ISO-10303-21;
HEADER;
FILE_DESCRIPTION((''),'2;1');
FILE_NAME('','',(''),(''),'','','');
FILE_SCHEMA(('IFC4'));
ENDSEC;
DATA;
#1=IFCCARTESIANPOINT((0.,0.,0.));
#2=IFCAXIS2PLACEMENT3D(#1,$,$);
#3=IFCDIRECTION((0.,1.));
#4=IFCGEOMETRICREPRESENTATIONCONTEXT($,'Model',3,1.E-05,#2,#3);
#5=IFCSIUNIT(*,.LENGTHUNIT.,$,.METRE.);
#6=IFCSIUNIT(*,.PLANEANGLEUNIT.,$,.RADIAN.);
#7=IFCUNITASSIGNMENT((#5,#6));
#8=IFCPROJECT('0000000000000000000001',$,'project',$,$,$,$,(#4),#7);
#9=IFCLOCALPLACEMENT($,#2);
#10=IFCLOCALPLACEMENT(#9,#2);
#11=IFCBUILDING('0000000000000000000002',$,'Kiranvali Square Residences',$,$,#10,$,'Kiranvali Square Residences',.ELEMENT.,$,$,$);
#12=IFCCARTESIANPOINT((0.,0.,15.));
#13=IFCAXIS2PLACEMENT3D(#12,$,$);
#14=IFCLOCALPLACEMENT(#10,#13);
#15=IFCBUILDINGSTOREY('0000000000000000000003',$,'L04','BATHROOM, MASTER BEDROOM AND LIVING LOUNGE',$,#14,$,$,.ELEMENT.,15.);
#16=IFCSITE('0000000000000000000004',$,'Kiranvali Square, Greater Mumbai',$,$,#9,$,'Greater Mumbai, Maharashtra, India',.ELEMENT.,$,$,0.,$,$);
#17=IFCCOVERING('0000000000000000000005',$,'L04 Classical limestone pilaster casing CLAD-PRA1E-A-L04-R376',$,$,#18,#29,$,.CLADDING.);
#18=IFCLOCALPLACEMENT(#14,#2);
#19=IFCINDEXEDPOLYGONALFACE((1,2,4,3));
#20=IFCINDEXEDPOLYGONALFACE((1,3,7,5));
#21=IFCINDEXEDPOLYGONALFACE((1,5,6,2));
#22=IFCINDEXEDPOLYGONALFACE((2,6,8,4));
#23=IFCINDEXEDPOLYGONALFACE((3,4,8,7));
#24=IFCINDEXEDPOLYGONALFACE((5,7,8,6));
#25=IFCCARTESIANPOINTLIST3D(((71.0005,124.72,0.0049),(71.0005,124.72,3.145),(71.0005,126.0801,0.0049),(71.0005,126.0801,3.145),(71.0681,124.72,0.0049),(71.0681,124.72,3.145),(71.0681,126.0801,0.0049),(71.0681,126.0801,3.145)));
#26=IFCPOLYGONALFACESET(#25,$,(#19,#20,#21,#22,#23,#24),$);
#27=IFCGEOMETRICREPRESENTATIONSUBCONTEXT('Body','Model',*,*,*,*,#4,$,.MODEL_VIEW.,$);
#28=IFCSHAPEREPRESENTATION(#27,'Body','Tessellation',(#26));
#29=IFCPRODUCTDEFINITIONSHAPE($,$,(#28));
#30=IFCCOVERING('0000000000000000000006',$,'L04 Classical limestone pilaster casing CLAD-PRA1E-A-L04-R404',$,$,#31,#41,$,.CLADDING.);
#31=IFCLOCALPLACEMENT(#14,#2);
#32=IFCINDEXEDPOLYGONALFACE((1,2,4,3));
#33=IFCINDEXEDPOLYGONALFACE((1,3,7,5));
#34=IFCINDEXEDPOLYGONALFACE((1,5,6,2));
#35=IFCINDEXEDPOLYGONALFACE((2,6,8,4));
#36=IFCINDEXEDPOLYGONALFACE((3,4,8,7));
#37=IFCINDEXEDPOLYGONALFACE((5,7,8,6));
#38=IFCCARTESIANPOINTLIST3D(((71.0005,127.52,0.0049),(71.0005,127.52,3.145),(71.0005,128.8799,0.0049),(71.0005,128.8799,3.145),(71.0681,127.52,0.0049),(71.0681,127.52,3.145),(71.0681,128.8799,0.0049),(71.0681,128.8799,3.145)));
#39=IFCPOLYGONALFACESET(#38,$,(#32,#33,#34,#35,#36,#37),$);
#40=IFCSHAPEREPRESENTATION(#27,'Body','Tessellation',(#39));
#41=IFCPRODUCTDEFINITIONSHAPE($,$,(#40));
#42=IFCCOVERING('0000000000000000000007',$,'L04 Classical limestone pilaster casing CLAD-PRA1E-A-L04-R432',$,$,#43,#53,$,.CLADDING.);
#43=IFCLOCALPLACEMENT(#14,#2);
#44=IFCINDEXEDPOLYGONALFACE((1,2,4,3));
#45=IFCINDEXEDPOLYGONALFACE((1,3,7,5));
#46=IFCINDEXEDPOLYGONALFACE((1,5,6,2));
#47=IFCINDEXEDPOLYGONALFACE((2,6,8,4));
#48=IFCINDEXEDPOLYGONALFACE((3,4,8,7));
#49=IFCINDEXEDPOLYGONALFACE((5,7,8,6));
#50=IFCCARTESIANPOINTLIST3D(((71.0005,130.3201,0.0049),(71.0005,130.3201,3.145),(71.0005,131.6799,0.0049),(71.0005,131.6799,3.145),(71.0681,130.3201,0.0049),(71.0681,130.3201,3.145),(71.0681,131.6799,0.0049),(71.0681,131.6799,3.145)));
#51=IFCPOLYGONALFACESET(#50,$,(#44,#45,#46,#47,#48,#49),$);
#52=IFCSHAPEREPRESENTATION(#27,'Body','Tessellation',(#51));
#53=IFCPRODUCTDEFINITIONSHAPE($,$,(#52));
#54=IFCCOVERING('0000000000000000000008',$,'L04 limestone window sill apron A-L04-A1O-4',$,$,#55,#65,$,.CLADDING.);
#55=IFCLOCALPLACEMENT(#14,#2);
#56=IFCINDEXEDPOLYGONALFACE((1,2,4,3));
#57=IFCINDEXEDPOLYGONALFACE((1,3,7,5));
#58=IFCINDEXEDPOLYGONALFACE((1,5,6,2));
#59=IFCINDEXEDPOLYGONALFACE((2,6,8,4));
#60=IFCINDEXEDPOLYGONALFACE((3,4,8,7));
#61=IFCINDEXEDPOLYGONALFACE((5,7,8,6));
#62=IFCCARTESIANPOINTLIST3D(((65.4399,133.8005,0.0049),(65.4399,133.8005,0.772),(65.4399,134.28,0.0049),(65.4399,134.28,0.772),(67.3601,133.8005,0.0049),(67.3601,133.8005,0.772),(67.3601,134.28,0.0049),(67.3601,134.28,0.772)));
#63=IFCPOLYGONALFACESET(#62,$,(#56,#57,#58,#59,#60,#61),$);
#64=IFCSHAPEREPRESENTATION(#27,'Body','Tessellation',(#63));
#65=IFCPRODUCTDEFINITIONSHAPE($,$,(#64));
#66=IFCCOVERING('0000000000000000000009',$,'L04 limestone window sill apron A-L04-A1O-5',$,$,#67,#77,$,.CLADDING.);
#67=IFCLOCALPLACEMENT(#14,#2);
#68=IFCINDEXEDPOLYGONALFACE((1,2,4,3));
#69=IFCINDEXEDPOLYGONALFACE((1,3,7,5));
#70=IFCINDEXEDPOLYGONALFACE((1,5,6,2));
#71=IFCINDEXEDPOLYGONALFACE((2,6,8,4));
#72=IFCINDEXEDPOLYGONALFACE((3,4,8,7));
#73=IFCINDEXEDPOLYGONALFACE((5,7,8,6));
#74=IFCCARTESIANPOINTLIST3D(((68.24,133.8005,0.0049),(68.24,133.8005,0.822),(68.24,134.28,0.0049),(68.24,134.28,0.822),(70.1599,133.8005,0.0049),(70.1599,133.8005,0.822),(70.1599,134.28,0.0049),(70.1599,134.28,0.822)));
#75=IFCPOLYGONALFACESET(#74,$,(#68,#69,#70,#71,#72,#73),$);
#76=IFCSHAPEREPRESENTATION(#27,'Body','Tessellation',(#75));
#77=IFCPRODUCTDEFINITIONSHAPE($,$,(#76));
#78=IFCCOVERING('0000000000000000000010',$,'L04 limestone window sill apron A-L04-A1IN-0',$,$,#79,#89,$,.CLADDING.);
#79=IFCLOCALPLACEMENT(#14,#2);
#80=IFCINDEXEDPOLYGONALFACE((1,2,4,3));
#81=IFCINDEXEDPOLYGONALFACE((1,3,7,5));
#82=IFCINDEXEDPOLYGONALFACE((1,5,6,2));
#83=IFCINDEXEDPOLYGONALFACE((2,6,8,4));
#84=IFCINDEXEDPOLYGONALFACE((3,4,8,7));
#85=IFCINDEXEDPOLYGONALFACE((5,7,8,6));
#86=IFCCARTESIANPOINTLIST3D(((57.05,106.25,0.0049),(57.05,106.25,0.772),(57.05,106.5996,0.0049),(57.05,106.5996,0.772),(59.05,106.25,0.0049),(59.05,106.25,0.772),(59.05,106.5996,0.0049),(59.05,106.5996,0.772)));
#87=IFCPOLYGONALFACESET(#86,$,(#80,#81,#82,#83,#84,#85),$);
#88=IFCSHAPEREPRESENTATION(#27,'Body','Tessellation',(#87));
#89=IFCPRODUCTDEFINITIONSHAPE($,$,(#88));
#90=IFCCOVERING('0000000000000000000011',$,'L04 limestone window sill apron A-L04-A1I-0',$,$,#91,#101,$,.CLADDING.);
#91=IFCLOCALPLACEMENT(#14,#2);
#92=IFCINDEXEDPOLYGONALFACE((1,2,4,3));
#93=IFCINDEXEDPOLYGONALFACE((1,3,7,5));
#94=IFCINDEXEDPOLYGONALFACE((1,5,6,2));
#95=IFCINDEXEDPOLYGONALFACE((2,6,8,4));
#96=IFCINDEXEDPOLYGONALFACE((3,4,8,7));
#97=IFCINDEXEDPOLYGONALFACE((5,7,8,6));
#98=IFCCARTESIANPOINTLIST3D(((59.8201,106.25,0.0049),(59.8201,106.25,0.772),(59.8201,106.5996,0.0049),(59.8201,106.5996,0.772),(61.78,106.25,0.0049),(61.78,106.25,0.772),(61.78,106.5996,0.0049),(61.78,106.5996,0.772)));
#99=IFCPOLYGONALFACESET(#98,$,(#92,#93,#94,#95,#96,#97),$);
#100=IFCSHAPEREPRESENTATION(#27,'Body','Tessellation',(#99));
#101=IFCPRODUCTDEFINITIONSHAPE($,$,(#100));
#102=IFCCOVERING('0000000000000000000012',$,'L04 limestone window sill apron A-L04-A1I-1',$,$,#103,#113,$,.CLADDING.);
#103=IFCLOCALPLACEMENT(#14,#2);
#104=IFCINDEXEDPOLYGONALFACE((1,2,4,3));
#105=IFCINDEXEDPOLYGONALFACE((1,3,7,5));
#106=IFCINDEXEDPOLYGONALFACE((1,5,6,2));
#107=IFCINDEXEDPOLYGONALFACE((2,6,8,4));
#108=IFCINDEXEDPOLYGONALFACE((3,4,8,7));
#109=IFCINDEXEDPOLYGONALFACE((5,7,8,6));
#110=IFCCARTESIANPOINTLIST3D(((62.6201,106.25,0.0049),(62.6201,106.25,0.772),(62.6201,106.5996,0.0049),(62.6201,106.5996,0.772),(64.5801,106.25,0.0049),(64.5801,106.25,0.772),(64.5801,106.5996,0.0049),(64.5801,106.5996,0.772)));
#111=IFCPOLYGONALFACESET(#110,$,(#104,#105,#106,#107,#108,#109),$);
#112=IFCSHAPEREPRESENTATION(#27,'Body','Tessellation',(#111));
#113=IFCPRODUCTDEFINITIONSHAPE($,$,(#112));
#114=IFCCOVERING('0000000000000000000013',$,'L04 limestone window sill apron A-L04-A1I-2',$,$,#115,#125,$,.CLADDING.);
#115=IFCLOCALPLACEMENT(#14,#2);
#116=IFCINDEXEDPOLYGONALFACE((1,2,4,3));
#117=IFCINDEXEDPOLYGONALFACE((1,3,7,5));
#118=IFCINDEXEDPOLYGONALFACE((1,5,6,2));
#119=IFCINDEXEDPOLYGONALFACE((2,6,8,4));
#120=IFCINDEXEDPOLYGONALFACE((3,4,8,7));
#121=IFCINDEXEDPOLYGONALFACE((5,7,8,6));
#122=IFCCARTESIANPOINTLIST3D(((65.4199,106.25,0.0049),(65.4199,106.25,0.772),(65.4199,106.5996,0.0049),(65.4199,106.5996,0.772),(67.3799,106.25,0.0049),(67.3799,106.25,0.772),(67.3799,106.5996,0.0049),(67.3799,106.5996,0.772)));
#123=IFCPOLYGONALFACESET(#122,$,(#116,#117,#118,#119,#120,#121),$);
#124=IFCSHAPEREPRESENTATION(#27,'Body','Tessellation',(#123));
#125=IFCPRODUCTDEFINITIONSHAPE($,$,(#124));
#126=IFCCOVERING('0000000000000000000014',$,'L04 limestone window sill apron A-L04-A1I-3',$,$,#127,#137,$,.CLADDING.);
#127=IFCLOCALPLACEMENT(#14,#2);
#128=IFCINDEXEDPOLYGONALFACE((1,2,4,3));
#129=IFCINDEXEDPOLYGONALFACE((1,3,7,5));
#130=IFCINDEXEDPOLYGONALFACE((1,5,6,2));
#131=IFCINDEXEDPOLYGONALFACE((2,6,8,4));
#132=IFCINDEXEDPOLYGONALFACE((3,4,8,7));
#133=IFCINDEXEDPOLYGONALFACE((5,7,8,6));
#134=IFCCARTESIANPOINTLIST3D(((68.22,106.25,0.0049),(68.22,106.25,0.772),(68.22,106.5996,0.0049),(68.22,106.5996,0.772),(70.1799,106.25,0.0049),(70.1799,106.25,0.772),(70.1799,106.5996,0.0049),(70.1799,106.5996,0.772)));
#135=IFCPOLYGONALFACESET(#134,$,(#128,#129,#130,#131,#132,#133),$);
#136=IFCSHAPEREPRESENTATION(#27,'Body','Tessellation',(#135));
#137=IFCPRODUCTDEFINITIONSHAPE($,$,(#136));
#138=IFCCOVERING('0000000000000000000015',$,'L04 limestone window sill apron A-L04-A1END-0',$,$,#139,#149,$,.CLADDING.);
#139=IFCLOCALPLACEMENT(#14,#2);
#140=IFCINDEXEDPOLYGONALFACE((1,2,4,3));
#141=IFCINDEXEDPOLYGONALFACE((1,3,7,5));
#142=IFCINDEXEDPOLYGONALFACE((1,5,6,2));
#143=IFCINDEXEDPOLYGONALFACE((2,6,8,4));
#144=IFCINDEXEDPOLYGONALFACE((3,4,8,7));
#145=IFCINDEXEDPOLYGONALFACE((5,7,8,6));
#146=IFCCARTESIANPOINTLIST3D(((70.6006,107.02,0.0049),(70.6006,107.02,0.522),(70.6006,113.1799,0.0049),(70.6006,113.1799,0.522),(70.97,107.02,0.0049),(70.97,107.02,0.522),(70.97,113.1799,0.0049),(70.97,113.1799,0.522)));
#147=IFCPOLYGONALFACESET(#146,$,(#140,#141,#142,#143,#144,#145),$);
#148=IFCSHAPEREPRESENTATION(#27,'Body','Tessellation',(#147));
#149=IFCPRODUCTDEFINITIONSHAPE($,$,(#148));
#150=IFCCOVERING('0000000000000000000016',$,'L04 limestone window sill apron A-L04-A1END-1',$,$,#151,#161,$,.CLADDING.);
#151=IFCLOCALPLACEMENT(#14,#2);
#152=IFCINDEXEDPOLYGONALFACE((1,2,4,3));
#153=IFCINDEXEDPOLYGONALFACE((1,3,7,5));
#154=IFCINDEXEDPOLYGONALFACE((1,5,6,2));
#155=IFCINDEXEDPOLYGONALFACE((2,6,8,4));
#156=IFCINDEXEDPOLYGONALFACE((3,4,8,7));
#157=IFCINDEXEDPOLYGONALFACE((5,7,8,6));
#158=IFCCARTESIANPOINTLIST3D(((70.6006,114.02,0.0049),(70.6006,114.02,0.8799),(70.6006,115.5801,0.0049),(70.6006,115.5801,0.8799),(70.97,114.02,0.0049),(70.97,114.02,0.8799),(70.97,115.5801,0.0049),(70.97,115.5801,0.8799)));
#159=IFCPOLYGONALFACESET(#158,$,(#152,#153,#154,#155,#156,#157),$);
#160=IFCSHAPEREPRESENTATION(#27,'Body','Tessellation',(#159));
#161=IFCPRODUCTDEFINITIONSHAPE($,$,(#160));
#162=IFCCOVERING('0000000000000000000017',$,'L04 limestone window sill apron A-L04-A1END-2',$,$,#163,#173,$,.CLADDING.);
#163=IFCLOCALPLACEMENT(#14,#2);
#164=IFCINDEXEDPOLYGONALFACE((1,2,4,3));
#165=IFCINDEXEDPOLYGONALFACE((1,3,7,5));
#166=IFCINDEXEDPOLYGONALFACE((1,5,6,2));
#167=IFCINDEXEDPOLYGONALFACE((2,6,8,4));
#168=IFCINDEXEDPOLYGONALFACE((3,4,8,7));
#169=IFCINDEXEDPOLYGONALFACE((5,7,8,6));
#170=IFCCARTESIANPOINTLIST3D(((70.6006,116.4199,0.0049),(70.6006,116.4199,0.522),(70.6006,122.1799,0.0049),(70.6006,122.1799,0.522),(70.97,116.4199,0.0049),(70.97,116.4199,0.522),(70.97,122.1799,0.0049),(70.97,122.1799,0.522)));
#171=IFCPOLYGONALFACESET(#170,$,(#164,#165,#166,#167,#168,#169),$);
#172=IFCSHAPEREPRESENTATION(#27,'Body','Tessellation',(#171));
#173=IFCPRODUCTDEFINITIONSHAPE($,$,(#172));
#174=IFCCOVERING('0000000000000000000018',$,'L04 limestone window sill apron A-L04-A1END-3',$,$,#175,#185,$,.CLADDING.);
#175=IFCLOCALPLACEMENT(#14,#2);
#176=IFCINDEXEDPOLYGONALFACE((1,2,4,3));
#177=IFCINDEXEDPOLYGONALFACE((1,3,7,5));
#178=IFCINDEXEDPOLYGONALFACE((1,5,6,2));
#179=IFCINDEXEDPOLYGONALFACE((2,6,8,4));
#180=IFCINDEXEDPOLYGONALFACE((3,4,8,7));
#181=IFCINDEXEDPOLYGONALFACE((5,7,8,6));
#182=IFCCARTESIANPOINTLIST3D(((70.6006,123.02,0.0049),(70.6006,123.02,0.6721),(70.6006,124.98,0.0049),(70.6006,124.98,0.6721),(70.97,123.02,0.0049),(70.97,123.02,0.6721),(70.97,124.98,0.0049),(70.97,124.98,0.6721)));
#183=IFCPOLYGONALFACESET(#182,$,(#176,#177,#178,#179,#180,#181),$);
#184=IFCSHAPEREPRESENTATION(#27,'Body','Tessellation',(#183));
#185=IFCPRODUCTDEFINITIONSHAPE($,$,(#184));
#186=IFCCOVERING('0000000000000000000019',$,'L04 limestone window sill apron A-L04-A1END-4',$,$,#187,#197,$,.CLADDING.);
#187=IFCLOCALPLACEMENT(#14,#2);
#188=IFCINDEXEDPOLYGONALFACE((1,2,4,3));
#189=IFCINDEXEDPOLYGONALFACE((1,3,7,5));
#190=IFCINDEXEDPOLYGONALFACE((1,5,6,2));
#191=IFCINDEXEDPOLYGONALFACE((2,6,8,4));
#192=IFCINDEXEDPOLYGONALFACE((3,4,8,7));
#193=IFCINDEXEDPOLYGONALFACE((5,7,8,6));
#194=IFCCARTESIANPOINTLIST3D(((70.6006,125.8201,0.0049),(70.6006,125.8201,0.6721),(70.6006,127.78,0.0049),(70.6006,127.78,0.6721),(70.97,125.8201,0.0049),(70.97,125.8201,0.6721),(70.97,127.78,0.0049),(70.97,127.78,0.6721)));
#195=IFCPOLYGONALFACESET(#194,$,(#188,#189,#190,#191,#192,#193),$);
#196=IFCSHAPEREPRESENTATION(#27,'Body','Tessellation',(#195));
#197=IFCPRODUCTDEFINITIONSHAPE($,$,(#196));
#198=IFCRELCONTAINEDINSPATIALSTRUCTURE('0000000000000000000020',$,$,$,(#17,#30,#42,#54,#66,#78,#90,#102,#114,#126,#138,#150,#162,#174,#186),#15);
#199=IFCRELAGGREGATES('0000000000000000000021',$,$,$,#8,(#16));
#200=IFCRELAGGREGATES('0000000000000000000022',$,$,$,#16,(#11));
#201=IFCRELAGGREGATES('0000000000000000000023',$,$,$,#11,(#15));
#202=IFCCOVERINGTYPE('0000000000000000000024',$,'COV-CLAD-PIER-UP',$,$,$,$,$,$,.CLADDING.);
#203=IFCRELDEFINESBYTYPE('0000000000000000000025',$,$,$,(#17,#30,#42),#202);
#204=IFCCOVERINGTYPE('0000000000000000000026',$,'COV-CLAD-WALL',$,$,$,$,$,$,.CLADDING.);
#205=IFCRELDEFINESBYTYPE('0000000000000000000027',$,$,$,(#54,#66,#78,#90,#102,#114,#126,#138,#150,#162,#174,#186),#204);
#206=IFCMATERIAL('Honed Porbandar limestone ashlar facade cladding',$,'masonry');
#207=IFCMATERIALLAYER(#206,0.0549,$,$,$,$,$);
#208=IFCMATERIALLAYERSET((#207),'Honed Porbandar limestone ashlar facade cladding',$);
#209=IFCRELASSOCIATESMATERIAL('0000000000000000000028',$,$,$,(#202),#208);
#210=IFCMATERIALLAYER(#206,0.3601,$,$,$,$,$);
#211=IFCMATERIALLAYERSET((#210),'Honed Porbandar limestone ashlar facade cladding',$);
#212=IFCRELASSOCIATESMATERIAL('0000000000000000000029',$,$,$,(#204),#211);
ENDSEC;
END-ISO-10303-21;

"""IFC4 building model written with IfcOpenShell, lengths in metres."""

from ifc_helpers import new_model, si_unit, direction, frame, origin, place, context, subcontext, project, spatial, polyline, outline, extrude, material, layer, layer_set, type_object, element, save


model = new_model("IFC4")

# Units and contexts
model_context = context("Model", 3, precision=1e-05, world=origin(), true_north=direction((0.0, 1.0)))
body_context = subcontext(model_context, "Body", "Model", "MODEL_VIEW")
ifc_project = project(units=[si_unit("LENGTHUNIT", "METRE"), si_unit("PLANEANGLEUNIT", "RADIAN")], contexts=[model_context])

# Site, building, storey
site_placement = place(None, origin())
site = spatial("IfcSite", under=ifc_project, at=site_placement, Name="Kiranvali Square, Greater Mumbai", LongName="Greater Mumbai, Maharashtra, India", CompositionType="ELEMENT", RefElevation=0.0)
building_placement = place(site_placement, origin())
building = spatial("IfcBuilding", under=site, at=building_placement, Name="Kiranvali Square Residences", LongName="Kiranvali Square Residences", CompositionType="ELEMENT")
storey_placement = place(building_placement, frame((0.0, 0.0, 15.0)))
storey = spatial("IfcBuildingStorey", under=building, at=storey_placement, Name="L04", Description="BATHROOM, MASTER BEDROOM AND LIVING LOUNGE", CompositionType="ELEMENT", Elevation=15.0)

# Coverings
ifc_material = material(Name="Honed Porbandar limestone ashlar facade cladding", Category="masonry")
ifc_layer_1 = layer(ifc_material, 0.0549)
ifc_layer_set_1 = layer_set([ifc_layer_1], Name="Honed Porbandar limestone ashlar facade cladding")
covering_type_1 = type_object("IfcCoveringType", Name="COV-CLAD-PIER-UP", PredefinedType="CLADDING", material=ifc_layer_set_1)
covering_1_placement = place(storey_placement, frame((0.0, 0.0, 0.0049)))
element("IfcCovering", 1, at=covering_1_placement, inside=storey, type_object=covering_type_1, Name="L04 Classical limestone pilaster casing CLAD-PRA1E-A-L04-R376", PredefinedType="CLADDING", context=body_context, shape_type="SweptSolid", body=[
    extrude(outline(polyline([(71.0681, 124.72), (71.0681, 126.0801), (71.0005, 126.0801), (71.0005, 124.72), (71.0681, 124.72)])), origin(), (0.0, 0.0, 1.0), 3.1401),
])
covering_2_placement = place(storey_placement, frame((0.0, 0.0, 0.0049)))
element("IfcCovering", 2, at=covering_2_placement, inside=storey, type_object=covering_type_1, Name="L04 Classical limestone pilaster casing CLAD-PRA1E-A-L04-R404", PredefinedType="CLADDING", context=body_context, shape_type="SweptSolid", body=[
    extrude(outline(polyline([(71.0681, 127.52), (71.0681, 128.8799), (71.0005, 128.8799), (71.0005, 127.52), (71.0681, 127.52)])), origin(), (0.0, 0.0, 1.0), 3.1401),
])
covering_3_placement = place(storey_placement, frame((0.0, 0.0, 0.0049)))
element("IfcCovering", 3, at=covering_3_placement, inside=storey, type_object=covering_type_1, Name="L04 Classical limestone pilaster casing CLAD-PRA1E-A-L04-R432", PredefinedType="CLADDING", context=body_context, shape_type="SweptSolid", body=[
    extrude(outline(polyline([(71.0681, 130.3201), (71.0681, 131.6799), (71.0005, 131.6799), (71.0005, 130.3201), (71.0681, 130.3201)])), origin(), (0.0, 0.0, 1.0), 3.1401),
])
ifc_layer_2 = layer(ifc_material, 0.3601)
ifc_layer_set_2 = layer_set([ifc_layer_2], Name="Honed Porbandar limestone ashlar facade cladding")
covering_type_2 = type_object("IfcCoveringType", Name="COV-CLAD-WALL", PredefinedType="CLADDING", material=ifc_layer_set_2)
covering_4_placement = place(storey_placement, frame((0.0, 0.0, 0.0049)))
element("IfcCovering", 4, at=covering_4_placement, inside=storey, type_object=covering_type_2, Name="L04 limestone window sill apron A-L04-A1O-4", PredefinedType="CLADDING", context=body_context, shape_type="SweptSolid", body=[
    extrude(outline(polyline([(65.4399, 133.8005), (67.3601, 133.8005), (67.3601, 134.28), (65.4399, 134.28), (65.4399, 133.8005)])), origin(), (0.0, 0.0, 1.0), 0.7671),
])
covering_5_placement = place(storey_placement, frame((0.0, 0.0, 0.0049)))
element("IfcCovering", 5, at=covering_5_placement, inside=storey, type_object=covering_type_2, Name="L04 limestone window sill apron A-L04-A1O-5", PredefinedType="CLADDING", context=body_context, shape_type="SweptSolid", body=[
    extrude(outline(polyline([(68.24, 133.8005), (70.1599, 133.8005), (70.1599, 134.28), (68.24, 134.28), (68.24, 133.8005)])), origin(), (0.0, 0.0, 1.0), 0.8171),
])
covering_6_placement = place(storey_placement, frame((0.0, 0.0, 0.0049)))
element("IfcCovering", 6, at=covering_6_placement, inside=storey, type_object=covering_type_2, Name="L04 limestone window sill apron A-L04-A1IN-0", PredefinedType="CLADDING", context=body_context, shape_type="SweptSolid", body=[
    extrude(outline(polyline([(57.05, 106.25), (59.05, 106.25), (59.05, 106.5996), (57.05, 106.5996), (57.05, 106.25)])), origin(), (0.0, 0.0, 1.0), 0.7671),
])
covering_7_placement = place(storey_placement, frame((0.0, 0.0, 0.0049)))
element("IfcCovering", 7, at=covering_7_placement, inside=storey, type_object=covering_type_2, Name="L04 limestone window sill apron A-L04-A1I-0", PredefinedType="CLADDING", context=body_context, shape_type="SweptSolid", body=[
    extrude(outline(polyline([(59.8201, 106.25), (61.78, 106.25), (61.78, 106.5996), (59.8201, 106.5996), (59.8201, 106.25)])), origin(), (0.0, 0.0, 1.0), 0.7671),
])
covering_8_placement = place(storey_placement, frame((0.0, 0.0, 0.0049)))
element("IfcCovering", 8, at=covering_8_placement, inside=storey, type_object=covering_type_2, Name="L04 limestone window sill apron A-L04-A1I-1", PredefinedType="CLADDING", context=body_context, shape_type="SweptSolid", body=[
    extrude(outline(polyline([(62.6201, 106.25), (64.5801, 106.25), (64.5801, 106.5996), (62.6201, 106.5996), (62.6201, 106.25)])), origin(), (0.0, 0.0, 1.0), 0.7671),
])
covering_9_placement = place(storey_placement, frame((0.0, 0.0, 0.0049)))
element("IfcCovering", 9, at=covering_9_placement, inside=storey, type_object=covering_type_2, Name="L04 limestone window sill apron A-L04-A1I-2", PredefinedType="CLADDING", context=body_context, shape_type="SweptSolid", body=[
    extrude(outline(polyline([(65.4199, 106.25), (67.3799, 106.25), (67.3799, 106.5996), (65.4199, 106.5996), (65.4199, 106.25)])), origin(), (0.0, 0.0, 1.0), 0.7671),
])
covering_10_placement = place(storey_placement, frame((0.0, 0.0, 0.0049)))
element("IfcCovering", 10, at=covering_10_placement, inside=storey, type_object=covering_type_2, Name="L04 limestone window sill apron A-L04-A1I-3", PredefinedType="CLADDING", context=body_context, shape_type="SweptSolid", body=[
    extrude(outline(polyline([(68.22, 106.25), (70.1799, 106.25), (70.1799, 106.5996), (68.22, 106.5996), (68.22, 106.25)])), origin(), (0.0, 0.0, 1.0), 0.7671),
])
covering_11_placement = place(storey_placement, frame((0.0, 0.0, 0.0049)))
element("IfcCovering", 11, at=covering_11_placement, inside=storey, type_object=covering_type_2, Name="L04 limestone window sill apron A-L04-A1END-0", PredefinedType="CLADDING", context=body_context, shape_type="SweptSolid", body=[
    extrude(outline(polyline([(70.97, 107.02), (70.97, 113.1799), (70.6006, 113.1799), (70.6006, 107.02), (70.97, 107.02)])), origin(), (0.0, 0.0, 1.0), 0.5171),
])
covering_12_placement = place(storey_placement, frame((0.0, 0.0, 0.0049)))
element("IfcCovering", 12, at=covering_12_placement, inside=storey, type_object=covering_type_2, Name="L04 limestone window sill apron A-L04-A1END-1", PredefinedType="CLADDING", context=body_context, shape_type="SweptSolid", body=[
    extrude(outline(polyline([(70.97, 114.02), (70.97, 115.5801), (70.6006, 115.5801), (70.6006, 114.02), (70.97, 114.02)])), origin(), (0.0, 0.0, 1.0), 0.875),
])
covering_13_placement = place(storey_placement, frame((0.0, 0.0, 0.0049)))
element("IfcCovering", 13, at=covering_13_placement, inside=storey, type_object=covering_type_2, Name="L04 limestone window sill apron A-L04-A1END-2", PredefinedType="CLADDING", context=body_context, shape_type="SweptSolid", body=[
    extrude(outline(polyline([(70.97, 116.4199), (70.97, 122.1799), (70.6006, 122.1799), (70.6006, 116.4199), (70.97, 116.4199)])), origin(), (0.0, 0.0, 1.0), 0.5171),
])
covering_14_placement = place(storey_placement, frame((0.0, 0.0, 0.0049)))
element("IfcCovering", 14, at=covering_14_placement, inside=storey, type_object=covering_type_2, Name="L04 limestone window sill apron A-L04-A1END-3", PredefinedType="CLADDING", context=body_context, shape_type="SweptSolid", body=[
    extrude(outline(polyline([(70.97, 123.02), (70.97, 124.98), (70.6006, 124.98), (70.6006, 123.02), (70.97, 123.02)])), origin(), (0.0, 0.0, 1.0), 0.6672),
])
covering_15_placement = place(storey_placement, frame((0.0, 0.0, 0.0049)))
element("IfcCovering", 15, at=covering_15_placement, inside=storey, type_object=covering_type_2, Name="L04 limestone window sill apron A-L04-A1END-4", PredefinedType="CLADDING", context=body_context, shape_type="SweptSolid", body=[
    extrude(outline(polyline([(70.97, 125.8201), (70.97, 127.78), (70.6006, 127.78), (70.6006, 125.8201), (70.97, 125.8201)])), origin(), (0.0, 0.0, 1.0), 0.6672),
])

save(model, "model.ifc")
